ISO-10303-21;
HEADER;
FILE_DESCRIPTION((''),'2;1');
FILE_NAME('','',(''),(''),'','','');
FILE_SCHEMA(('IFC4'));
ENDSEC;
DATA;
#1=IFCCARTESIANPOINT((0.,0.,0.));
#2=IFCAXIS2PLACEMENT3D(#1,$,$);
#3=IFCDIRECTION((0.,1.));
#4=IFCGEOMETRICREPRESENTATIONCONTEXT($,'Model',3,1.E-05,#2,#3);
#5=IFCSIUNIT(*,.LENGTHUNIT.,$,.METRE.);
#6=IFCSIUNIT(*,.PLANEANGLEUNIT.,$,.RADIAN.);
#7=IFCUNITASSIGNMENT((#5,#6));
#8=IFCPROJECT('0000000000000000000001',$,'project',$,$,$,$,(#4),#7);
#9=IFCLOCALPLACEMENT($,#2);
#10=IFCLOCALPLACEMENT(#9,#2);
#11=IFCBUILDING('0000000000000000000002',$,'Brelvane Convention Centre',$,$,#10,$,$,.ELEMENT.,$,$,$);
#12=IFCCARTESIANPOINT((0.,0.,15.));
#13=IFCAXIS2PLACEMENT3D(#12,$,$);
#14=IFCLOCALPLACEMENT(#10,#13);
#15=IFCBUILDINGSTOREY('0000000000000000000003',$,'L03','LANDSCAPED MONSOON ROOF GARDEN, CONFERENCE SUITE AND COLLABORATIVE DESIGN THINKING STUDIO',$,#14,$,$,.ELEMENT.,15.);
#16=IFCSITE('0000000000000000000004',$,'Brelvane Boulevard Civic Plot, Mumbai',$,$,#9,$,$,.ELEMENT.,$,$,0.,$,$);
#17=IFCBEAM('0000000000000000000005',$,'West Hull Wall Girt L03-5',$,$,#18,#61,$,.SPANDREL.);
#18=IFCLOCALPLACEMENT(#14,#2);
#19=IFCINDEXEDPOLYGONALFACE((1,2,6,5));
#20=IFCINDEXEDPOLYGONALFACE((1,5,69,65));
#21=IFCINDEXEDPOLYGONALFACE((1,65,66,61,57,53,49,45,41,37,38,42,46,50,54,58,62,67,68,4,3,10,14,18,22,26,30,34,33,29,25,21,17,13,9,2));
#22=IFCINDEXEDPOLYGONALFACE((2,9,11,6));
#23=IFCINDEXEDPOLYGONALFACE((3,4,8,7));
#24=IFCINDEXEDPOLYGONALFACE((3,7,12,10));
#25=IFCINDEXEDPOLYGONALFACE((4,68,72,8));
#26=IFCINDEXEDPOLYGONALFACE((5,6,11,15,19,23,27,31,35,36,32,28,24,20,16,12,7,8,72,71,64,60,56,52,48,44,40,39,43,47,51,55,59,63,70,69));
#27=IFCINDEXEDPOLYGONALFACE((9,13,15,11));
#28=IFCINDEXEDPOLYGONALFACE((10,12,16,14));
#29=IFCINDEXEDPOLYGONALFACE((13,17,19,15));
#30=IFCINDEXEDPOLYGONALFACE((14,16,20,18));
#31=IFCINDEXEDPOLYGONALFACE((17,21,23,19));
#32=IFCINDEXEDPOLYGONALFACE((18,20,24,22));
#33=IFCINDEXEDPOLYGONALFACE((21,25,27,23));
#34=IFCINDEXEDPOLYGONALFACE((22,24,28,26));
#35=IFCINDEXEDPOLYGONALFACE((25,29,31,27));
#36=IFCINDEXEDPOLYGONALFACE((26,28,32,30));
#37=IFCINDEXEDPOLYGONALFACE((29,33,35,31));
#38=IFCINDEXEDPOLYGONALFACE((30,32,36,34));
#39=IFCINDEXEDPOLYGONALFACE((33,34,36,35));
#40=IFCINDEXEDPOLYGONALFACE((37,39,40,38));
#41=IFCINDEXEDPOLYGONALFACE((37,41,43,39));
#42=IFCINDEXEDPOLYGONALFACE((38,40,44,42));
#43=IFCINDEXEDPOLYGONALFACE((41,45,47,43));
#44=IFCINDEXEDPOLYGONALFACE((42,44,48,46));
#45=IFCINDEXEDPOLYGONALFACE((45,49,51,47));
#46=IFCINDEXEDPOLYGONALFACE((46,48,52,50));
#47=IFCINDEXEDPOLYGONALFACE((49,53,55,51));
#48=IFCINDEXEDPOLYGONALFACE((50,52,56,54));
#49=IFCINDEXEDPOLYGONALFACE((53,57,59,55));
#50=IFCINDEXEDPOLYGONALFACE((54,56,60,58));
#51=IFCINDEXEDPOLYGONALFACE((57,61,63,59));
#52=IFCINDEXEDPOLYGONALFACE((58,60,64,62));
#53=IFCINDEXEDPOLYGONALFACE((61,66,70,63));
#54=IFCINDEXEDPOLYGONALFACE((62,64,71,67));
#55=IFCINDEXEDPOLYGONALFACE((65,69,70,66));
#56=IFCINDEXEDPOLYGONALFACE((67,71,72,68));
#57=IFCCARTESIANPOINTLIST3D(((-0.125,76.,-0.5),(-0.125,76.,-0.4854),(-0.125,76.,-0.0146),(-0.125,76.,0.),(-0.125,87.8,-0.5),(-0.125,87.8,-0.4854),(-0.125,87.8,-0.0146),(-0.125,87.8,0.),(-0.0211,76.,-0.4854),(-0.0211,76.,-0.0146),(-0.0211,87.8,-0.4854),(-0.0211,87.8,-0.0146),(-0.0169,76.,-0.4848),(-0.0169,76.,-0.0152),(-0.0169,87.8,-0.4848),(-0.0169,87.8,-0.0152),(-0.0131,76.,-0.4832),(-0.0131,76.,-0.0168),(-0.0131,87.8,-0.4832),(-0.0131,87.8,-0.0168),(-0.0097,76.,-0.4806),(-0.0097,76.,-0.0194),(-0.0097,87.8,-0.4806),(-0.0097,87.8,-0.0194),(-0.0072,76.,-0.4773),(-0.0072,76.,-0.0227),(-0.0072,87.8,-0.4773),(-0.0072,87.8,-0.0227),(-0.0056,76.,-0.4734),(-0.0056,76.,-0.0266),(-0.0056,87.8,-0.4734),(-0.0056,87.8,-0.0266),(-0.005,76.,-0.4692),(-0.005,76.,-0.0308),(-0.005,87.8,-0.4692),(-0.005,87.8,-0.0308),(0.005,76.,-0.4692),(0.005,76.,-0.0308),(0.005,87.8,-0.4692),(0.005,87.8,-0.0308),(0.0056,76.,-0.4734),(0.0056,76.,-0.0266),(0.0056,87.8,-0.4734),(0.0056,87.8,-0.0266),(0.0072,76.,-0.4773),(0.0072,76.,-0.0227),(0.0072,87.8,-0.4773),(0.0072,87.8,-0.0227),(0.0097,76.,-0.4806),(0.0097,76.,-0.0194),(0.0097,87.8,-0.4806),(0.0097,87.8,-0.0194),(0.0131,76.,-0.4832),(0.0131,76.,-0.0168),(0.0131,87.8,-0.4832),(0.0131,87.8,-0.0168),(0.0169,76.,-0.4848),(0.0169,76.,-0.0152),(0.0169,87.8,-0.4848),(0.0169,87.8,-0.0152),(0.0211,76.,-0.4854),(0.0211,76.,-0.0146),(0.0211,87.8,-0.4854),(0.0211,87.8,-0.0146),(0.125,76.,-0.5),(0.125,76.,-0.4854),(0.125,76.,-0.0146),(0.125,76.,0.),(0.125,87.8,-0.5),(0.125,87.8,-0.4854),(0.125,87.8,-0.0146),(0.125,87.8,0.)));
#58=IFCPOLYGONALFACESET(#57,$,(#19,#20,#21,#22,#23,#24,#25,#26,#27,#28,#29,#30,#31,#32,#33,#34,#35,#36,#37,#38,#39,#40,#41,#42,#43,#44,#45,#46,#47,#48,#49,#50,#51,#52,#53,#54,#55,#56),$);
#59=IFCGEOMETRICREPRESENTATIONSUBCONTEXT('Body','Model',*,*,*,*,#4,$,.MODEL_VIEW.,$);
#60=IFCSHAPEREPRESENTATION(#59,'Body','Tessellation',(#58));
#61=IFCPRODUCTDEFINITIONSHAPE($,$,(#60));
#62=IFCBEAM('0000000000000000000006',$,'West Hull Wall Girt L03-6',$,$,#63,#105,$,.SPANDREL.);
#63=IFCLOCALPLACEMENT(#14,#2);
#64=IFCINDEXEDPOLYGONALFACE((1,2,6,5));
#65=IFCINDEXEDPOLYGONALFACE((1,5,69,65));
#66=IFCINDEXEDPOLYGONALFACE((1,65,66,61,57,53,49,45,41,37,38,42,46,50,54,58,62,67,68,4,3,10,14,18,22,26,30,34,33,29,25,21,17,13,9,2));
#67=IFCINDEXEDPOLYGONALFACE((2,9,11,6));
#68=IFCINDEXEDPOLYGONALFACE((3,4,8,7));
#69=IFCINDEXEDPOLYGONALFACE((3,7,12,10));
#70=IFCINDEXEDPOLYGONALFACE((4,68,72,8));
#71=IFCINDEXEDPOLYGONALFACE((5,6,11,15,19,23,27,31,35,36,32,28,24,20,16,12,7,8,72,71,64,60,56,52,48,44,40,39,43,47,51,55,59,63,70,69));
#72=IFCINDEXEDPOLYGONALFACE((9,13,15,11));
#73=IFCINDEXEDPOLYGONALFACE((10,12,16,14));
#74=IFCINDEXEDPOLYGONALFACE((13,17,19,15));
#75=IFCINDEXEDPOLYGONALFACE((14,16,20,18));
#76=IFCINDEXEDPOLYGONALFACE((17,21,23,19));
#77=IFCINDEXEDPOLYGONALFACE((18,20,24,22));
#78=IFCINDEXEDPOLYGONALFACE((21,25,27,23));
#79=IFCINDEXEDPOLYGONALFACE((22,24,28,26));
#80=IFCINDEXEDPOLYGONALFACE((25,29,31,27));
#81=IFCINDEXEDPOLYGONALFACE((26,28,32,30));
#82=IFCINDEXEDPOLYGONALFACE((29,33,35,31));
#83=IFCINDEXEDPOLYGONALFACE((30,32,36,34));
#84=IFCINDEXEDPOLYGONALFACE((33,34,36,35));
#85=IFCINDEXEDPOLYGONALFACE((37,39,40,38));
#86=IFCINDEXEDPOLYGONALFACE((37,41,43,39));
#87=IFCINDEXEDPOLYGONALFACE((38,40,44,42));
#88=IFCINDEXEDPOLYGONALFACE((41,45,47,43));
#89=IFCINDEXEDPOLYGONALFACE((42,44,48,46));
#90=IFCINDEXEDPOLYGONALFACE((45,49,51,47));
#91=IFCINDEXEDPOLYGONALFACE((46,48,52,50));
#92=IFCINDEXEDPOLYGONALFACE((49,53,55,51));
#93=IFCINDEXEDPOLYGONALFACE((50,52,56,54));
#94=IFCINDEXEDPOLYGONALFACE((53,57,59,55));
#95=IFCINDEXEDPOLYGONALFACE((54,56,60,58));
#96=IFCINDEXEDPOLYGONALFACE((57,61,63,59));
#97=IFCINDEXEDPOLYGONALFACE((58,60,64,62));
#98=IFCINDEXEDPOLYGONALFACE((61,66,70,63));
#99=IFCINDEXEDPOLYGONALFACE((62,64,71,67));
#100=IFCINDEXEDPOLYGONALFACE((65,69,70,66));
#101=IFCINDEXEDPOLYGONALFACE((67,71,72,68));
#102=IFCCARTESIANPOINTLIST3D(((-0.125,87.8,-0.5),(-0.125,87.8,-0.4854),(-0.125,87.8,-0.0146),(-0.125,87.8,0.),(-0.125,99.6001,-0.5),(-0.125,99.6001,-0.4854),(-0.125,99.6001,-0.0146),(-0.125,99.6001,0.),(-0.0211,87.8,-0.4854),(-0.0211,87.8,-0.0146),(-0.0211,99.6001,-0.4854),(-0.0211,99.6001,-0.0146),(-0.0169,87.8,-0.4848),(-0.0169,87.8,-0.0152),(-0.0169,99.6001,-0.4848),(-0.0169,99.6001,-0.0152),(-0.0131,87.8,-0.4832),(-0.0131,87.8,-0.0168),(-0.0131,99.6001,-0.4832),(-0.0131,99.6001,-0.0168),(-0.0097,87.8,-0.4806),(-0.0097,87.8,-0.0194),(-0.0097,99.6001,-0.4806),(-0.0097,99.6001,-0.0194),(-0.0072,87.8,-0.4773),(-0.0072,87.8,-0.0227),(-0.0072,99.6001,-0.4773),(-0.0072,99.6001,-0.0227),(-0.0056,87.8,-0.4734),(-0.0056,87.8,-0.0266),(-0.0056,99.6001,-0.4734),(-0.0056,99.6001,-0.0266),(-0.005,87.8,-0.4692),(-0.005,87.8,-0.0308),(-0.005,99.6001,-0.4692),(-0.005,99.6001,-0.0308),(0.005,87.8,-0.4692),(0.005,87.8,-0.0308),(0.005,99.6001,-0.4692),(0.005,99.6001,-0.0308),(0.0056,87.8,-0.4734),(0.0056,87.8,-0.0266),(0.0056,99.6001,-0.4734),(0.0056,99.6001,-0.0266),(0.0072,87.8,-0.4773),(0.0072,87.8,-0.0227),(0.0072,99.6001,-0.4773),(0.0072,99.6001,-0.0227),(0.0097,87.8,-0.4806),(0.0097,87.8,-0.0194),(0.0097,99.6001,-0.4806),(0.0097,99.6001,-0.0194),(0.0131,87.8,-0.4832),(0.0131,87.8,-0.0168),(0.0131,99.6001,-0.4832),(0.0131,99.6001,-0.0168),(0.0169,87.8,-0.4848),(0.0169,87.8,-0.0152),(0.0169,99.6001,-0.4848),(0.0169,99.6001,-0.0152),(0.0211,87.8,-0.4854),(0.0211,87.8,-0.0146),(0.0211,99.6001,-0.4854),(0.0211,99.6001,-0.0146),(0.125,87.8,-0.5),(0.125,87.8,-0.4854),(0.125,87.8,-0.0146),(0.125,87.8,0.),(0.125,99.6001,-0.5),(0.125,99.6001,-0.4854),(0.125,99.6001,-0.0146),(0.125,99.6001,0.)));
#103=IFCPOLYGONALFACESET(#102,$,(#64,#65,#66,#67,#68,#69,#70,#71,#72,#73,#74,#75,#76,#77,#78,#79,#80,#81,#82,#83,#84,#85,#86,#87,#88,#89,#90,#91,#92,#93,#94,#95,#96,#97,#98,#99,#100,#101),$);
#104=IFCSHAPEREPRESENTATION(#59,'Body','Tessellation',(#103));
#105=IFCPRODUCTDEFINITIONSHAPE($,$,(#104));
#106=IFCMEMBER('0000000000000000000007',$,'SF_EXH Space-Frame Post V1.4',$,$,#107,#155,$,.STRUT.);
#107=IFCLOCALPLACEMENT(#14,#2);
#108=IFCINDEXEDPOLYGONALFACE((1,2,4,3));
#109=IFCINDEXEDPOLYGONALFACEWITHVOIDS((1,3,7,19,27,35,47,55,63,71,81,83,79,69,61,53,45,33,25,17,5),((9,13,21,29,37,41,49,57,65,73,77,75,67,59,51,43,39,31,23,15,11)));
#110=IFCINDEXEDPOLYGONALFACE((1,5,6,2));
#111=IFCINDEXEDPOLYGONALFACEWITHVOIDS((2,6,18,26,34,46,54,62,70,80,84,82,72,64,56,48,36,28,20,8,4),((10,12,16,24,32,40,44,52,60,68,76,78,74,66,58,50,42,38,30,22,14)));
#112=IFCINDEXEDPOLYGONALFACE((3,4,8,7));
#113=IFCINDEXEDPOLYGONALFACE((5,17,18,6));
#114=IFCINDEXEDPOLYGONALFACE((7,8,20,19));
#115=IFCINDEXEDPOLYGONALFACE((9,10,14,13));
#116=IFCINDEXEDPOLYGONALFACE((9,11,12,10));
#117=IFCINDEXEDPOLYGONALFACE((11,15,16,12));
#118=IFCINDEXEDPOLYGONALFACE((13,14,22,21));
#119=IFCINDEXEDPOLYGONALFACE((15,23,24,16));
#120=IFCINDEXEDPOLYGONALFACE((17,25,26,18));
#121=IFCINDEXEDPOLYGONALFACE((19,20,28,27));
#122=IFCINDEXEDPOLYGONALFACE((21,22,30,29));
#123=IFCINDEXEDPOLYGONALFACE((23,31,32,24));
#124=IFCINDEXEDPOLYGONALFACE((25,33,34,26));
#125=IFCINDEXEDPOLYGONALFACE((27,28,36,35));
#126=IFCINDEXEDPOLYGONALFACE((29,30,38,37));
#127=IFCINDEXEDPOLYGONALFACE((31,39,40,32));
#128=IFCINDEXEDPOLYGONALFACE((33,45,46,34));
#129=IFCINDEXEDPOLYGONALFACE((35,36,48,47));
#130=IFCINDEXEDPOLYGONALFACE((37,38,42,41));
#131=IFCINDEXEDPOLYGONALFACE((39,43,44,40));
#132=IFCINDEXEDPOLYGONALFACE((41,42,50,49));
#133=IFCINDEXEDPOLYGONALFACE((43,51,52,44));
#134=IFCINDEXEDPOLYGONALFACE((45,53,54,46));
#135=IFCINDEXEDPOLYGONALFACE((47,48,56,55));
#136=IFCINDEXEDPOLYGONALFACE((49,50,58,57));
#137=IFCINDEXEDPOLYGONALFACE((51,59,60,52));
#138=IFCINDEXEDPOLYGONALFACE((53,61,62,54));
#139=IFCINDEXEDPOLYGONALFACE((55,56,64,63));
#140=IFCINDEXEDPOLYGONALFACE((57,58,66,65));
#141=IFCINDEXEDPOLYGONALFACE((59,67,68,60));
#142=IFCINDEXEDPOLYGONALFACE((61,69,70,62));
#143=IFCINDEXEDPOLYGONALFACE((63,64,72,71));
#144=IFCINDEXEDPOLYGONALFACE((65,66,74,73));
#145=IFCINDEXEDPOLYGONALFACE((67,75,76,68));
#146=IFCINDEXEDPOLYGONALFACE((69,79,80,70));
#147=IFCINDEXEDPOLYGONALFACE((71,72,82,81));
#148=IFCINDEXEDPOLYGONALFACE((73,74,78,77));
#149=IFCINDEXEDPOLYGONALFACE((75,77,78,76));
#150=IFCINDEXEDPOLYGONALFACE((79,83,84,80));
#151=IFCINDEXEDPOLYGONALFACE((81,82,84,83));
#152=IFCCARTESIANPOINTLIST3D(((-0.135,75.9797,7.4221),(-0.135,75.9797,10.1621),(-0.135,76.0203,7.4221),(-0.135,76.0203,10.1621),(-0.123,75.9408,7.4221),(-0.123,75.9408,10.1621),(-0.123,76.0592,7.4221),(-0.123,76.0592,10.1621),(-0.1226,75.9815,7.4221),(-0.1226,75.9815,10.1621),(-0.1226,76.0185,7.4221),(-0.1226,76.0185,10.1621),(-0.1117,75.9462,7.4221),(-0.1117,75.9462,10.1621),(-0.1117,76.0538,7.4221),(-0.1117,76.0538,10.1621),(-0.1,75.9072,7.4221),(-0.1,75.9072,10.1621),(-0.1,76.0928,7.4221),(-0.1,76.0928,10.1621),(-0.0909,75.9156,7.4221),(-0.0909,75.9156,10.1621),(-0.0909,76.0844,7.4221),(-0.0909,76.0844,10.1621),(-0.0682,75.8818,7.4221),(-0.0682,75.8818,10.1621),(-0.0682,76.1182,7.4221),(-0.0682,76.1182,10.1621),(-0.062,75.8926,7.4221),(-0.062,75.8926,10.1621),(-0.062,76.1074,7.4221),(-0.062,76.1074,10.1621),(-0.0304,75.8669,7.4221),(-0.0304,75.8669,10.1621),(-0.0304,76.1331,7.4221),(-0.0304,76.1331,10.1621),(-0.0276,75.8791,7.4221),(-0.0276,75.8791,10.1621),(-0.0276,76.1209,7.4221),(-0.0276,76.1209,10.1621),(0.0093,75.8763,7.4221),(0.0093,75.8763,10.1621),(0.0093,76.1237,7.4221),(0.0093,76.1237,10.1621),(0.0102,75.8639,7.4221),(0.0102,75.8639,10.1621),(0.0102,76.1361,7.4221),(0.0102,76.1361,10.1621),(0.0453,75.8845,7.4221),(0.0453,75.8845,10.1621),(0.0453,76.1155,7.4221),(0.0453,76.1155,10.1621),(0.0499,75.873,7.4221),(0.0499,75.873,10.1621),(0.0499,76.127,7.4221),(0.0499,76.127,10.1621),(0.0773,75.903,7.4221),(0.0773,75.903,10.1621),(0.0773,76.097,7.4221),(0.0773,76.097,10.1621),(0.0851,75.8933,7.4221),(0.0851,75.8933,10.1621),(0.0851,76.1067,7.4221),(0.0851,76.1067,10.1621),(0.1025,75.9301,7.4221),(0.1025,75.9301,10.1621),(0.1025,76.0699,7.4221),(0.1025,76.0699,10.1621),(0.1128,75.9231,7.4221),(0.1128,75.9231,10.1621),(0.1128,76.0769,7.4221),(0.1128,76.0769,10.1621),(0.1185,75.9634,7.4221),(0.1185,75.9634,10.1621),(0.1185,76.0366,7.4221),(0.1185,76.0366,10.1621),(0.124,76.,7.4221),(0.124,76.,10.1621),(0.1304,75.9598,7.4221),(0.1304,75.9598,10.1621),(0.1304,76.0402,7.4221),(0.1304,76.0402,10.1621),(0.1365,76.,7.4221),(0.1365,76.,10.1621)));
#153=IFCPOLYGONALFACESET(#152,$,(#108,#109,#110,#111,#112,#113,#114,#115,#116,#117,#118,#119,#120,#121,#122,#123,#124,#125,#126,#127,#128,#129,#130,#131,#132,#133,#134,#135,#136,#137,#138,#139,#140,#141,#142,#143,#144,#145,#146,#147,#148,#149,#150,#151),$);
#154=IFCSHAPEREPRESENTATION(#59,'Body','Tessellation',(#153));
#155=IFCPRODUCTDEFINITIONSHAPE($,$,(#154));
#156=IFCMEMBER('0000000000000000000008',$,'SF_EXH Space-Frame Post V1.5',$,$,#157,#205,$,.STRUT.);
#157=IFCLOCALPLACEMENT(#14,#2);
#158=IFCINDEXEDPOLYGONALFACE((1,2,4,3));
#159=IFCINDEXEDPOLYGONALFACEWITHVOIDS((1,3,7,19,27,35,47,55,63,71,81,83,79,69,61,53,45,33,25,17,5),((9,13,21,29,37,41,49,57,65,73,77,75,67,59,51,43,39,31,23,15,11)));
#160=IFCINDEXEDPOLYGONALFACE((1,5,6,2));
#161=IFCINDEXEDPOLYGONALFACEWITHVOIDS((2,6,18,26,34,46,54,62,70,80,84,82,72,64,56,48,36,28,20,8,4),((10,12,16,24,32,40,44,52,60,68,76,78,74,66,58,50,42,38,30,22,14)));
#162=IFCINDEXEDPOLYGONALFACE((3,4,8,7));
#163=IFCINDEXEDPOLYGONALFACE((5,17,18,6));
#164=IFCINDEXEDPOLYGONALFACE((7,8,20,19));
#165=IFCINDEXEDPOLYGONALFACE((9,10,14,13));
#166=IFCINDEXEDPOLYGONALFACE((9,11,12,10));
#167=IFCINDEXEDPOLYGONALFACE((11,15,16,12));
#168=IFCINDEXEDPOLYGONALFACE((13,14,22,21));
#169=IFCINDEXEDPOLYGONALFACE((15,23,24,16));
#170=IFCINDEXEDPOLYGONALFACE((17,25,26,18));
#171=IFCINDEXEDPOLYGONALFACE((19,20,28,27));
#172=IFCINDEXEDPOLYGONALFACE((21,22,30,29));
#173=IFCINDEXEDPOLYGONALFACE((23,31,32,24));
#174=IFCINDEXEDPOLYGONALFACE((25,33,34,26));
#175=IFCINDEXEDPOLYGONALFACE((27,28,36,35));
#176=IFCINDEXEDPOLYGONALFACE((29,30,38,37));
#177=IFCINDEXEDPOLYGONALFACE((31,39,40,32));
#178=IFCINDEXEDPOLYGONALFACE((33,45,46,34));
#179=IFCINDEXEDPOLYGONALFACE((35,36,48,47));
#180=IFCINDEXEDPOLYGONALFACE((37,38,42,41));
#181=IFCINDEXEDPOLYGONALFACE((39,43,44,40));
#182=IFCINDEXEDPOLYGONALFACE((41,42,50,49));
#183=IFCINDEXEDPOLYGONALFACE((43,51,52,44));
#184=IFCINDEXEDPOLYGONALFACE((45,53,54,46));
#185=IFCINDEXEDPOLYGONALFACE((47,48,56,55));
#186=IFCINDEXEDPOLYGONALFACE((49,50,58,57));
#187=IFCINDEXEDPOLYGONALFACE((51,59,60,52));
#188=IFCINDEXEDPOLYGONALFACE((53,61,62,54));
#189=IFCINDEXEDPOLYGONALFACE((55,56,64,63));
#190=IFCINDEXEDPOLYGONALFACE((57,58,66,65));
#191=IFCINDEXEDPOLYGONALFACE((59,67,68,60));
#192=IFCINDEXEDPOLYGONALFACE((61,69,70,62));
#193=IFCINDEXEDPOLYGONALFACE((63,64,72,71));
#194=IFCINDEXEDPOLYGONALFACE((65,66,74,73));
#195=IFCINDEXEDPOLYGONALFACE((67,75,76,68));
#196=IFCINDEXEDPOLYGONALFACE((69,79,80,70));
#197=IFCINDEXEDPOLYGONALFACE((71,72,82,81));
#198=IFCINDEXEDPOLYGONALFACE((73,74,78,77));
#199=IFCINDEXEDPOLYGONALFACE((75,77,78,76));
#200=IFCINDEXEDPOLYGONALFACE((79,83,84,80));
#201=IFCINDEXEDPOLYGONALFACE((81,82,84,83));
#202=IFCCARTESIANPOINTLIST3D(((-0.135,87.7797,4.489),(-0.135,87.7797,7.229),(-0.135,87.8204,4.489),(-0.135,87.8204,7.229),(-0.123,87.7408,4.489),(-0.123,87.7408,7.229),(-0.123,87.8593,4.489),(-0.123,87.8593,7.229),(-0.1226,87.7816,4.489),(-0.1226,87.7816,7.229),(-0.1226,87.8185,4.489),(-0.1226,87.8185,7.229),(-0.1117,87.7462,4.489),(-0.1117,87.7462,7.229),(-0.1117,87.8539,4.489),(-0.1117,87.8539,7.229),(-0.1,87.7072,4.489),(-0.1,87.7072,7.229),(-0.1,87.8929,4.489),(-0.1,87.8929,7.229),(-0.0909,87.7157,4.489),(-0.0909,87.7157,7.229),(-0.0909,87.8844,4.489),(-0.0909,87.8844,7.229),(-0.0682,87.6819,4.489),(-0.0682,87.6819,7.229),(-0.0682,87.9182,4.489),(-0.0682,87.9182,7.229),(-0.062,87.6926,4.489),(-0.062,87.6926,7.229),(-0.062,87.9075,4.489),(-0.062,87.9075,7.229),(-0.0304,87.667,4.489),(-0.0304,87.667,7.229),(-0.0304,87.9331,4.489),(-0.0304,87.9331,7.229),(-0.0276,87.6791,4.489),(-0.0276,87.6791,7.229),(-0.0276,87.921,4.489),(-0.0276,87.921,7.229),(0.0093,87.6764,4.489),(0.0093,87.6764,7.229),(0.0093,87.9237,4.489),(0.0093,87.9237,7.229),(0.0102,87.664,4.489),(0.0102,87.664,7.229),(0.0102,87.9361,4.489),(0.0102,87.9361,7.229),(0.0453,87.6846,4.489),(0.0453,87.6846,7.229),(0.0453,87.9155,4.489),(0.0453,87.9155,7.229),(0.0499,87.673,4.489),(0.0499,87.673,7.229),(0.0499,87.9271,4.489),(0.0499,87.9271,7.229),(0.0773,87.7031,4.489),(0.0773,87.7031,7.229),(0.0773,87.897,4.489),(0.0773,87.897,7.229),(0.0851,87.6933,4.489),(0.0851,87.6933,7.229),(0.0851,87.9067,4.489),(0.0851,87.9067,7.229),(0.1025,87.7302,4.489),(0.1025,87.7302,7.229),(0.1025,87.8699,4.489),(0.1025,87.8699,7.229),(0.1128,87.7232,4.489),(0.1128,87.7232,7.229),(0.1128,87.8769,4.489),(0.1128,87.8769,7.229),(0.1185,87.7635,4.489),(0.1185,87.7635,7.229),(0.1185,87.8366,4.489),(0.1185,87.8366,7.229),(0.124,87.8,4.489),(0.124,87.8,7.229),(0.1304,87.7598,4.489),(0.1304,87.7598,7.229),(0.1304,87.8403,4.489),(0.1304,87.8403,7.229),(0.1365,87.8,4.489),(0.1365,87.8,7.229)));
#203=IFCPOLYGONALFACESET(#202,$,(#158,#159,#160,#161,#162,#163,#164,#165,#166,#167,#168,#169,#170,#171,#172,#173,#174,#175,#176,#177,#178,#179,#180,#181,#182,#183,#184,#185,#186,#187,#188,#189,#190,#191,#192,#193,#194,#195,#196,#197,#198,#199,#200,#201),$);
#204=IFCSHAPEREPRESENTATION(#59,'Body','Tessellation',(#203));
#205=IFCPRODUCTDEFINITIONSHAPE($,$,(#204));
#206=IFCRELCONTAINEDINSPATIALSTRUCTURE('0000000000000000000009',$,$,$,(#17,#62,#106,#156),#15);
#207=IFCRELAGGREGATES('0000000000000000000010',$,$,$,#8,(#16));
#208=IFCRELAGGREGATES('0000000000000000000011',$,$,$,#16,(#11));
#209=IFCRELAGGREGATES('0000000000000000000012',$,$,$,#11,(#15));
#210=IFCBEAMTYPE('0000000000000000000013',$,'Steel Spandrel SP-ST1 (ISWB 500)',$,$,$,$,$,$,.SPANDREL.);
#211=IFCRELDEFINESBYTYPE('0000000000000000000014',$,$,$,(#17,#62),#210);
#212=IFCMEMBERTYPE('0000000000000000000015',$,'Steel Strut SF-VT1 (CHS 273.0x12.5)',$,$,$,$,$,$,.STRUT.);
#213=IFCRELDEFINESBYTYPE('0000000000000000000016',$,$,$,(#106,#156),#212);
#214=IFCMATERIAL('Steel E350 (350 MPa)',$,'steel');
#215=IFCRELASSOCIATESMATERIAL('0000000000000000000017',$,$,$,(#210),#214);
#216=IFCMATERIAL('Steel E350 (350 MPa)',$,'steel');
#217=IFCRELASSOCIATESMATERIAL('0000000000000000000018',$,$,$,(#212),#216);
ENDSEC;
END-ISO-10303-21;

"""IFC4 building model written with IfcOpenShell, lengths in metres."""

from ifc_helpers import new_model, si_unit, direction, frame, origin, origin_2d, place, context, subcontext, project, spatial, hollow_circle, i_section, extrude, material, material_profile, profile_set, type_object, element, save


model = new_model("IFC4")

# Units and contexts
model_context = context("Model", 3, precision=1e-05, world=origin(), true_north=direction((0.0, 1.0)))
body_context = subcontext(model_context, "Body", "Model", "MODEL_VIEW")
ifc_project = project(units=[si_unit("LENGTHUNIT", "METRE"), si_unit("PLANEANGLEUNIT", "RADIAN")], contexts=[model_context])

# Site, building, storey
site_placement = place(None, origin())
site = spatial("IfcSite", under=ifc_project, at=site_placement, Name="Brelvane Boulevard Civic Plot, Mumbai", CompositionType="ELEMENT", RefElevation=0.0)
building_placement = place(site_placement, origin())
building = spatial("IfcBuilding", under=site, at=building_placement, Name="Brelvane Convention Centre", CompositionType="ELEMENT")
storey_placement = place(building_placement, frame((0.0, 0.0, 15.0)))
storey = spatial("IfcBuildingStorey", under=building, at=storey_placement, Name="L03", Description="LANDSCAPED MONSOON ROOF GARDEN, CONFERENCE SUITE AND COLLABORATIVE DESIGN THINKING STUDIO", CompositionType="ELEMENT", Elevation=15.0)

# Beams
ifc_material_1 = material(Name="Steel E350 (350 MPa)", Category="steel")
ifc_material_profile_1 = material_profile(ifc_material_1, i_section(OverallWidth=0.25, OverallDepth=0.5, WebThickness=0.01, FlangeThickness=0.0146, FilletRadius=0.0161, at=origin_2d()), Name="ISWB 500")
ifc_profile_set_1 = profile_set([ifc_material_profile_1], Name="Steel E350 (350 MPa)")
beam_type_1 = type_object("IfcBeamType", Name="Steel Spandrel SP-ST1 (ISWB 500)", PredefinedType="SPANDREL", material=ifc_profile_set_1)
for number, where, z_axis, x_axis, name in (
    (1, (0.0, 76.0, -0.25), (0.0, 1.0, 0.0), (-1.0, 0.0, 0.0), "West Hull Wall Girt L03-5"),
    (2, (0.0, 87.8, -0.25), (0.0, 1.0, 0.0), (-1.0, 0.0, 0.0), "West Hull Wall Girt L03-6"),
):
    element("IfcBeam", number, at=place(storey_placement, frame(where, z_axis=z_axis, x_axis=x_axis)), inside=storey, type_object=beam_type_1, Name=name, PredefinedType="SPANDREL", context=body_context, shape_type="SweptSolid", body=[
        extrude(i_section(OverallWidth=0.25, OverallDepth=0.5, WebThickness=0.01, FlangeThickness=0.0146, FilletRadius=0.0161, at=origin_2d()), origin(), (0.0, 0.0, 1.0), 11.8),
    ])

# Members
ifc_material_2 = material(Name="Steel E350 (350 MPa)", Category="steel")
ifc_material_profile_2 = material_profile(ifc_material_2, hollow_circle(Radius=0.1365, WallThickness=0.0125, at=origin_2d()), Name="CHS 273.0x12.5")
ifc_profile_set_2 = profile_set([ifc_material_profile_2], Name="Steel E350 (350 MPa)")
member_type_1 = type_object("IfcMemberType", Name="Steel Strut SF-VT1 (CHS 273.0x12.5)", PredefinedType="STRUT", material=ifc_profile_set_2)
for number, where, z_axis, x_axis, name in (
    (3, (0.0, 76.0, 7.4221), (0.0, 0.0, 1.0), (1.0, 0.0, 0.0), "SF_EXH Space-Frame Post V1.4"),
    (4, (0.0, 87.8, 4.489), (0.0, 0.0, 1.0), (1.0, 0.0, 0.0), "SF_EXH Space-Frame Post V1.5"),
):
    element("IfcMember", number, at=place(storey_placement, frame(where, z_axis=z_axis, x_axis=x_axis)), inside=storey, type_object=member_type_1, Name=name, PredefinedType="STRUT", context=body_context, shape_type="SweptSolid", body=[
        extrude(hollow_circle(Radius=0.1365, WallThickness=0.0125, at=origin_2d()), origin(), (0.0, 0.0, 1.0), 2.74),
    ])

save(model, "model.ifc")
